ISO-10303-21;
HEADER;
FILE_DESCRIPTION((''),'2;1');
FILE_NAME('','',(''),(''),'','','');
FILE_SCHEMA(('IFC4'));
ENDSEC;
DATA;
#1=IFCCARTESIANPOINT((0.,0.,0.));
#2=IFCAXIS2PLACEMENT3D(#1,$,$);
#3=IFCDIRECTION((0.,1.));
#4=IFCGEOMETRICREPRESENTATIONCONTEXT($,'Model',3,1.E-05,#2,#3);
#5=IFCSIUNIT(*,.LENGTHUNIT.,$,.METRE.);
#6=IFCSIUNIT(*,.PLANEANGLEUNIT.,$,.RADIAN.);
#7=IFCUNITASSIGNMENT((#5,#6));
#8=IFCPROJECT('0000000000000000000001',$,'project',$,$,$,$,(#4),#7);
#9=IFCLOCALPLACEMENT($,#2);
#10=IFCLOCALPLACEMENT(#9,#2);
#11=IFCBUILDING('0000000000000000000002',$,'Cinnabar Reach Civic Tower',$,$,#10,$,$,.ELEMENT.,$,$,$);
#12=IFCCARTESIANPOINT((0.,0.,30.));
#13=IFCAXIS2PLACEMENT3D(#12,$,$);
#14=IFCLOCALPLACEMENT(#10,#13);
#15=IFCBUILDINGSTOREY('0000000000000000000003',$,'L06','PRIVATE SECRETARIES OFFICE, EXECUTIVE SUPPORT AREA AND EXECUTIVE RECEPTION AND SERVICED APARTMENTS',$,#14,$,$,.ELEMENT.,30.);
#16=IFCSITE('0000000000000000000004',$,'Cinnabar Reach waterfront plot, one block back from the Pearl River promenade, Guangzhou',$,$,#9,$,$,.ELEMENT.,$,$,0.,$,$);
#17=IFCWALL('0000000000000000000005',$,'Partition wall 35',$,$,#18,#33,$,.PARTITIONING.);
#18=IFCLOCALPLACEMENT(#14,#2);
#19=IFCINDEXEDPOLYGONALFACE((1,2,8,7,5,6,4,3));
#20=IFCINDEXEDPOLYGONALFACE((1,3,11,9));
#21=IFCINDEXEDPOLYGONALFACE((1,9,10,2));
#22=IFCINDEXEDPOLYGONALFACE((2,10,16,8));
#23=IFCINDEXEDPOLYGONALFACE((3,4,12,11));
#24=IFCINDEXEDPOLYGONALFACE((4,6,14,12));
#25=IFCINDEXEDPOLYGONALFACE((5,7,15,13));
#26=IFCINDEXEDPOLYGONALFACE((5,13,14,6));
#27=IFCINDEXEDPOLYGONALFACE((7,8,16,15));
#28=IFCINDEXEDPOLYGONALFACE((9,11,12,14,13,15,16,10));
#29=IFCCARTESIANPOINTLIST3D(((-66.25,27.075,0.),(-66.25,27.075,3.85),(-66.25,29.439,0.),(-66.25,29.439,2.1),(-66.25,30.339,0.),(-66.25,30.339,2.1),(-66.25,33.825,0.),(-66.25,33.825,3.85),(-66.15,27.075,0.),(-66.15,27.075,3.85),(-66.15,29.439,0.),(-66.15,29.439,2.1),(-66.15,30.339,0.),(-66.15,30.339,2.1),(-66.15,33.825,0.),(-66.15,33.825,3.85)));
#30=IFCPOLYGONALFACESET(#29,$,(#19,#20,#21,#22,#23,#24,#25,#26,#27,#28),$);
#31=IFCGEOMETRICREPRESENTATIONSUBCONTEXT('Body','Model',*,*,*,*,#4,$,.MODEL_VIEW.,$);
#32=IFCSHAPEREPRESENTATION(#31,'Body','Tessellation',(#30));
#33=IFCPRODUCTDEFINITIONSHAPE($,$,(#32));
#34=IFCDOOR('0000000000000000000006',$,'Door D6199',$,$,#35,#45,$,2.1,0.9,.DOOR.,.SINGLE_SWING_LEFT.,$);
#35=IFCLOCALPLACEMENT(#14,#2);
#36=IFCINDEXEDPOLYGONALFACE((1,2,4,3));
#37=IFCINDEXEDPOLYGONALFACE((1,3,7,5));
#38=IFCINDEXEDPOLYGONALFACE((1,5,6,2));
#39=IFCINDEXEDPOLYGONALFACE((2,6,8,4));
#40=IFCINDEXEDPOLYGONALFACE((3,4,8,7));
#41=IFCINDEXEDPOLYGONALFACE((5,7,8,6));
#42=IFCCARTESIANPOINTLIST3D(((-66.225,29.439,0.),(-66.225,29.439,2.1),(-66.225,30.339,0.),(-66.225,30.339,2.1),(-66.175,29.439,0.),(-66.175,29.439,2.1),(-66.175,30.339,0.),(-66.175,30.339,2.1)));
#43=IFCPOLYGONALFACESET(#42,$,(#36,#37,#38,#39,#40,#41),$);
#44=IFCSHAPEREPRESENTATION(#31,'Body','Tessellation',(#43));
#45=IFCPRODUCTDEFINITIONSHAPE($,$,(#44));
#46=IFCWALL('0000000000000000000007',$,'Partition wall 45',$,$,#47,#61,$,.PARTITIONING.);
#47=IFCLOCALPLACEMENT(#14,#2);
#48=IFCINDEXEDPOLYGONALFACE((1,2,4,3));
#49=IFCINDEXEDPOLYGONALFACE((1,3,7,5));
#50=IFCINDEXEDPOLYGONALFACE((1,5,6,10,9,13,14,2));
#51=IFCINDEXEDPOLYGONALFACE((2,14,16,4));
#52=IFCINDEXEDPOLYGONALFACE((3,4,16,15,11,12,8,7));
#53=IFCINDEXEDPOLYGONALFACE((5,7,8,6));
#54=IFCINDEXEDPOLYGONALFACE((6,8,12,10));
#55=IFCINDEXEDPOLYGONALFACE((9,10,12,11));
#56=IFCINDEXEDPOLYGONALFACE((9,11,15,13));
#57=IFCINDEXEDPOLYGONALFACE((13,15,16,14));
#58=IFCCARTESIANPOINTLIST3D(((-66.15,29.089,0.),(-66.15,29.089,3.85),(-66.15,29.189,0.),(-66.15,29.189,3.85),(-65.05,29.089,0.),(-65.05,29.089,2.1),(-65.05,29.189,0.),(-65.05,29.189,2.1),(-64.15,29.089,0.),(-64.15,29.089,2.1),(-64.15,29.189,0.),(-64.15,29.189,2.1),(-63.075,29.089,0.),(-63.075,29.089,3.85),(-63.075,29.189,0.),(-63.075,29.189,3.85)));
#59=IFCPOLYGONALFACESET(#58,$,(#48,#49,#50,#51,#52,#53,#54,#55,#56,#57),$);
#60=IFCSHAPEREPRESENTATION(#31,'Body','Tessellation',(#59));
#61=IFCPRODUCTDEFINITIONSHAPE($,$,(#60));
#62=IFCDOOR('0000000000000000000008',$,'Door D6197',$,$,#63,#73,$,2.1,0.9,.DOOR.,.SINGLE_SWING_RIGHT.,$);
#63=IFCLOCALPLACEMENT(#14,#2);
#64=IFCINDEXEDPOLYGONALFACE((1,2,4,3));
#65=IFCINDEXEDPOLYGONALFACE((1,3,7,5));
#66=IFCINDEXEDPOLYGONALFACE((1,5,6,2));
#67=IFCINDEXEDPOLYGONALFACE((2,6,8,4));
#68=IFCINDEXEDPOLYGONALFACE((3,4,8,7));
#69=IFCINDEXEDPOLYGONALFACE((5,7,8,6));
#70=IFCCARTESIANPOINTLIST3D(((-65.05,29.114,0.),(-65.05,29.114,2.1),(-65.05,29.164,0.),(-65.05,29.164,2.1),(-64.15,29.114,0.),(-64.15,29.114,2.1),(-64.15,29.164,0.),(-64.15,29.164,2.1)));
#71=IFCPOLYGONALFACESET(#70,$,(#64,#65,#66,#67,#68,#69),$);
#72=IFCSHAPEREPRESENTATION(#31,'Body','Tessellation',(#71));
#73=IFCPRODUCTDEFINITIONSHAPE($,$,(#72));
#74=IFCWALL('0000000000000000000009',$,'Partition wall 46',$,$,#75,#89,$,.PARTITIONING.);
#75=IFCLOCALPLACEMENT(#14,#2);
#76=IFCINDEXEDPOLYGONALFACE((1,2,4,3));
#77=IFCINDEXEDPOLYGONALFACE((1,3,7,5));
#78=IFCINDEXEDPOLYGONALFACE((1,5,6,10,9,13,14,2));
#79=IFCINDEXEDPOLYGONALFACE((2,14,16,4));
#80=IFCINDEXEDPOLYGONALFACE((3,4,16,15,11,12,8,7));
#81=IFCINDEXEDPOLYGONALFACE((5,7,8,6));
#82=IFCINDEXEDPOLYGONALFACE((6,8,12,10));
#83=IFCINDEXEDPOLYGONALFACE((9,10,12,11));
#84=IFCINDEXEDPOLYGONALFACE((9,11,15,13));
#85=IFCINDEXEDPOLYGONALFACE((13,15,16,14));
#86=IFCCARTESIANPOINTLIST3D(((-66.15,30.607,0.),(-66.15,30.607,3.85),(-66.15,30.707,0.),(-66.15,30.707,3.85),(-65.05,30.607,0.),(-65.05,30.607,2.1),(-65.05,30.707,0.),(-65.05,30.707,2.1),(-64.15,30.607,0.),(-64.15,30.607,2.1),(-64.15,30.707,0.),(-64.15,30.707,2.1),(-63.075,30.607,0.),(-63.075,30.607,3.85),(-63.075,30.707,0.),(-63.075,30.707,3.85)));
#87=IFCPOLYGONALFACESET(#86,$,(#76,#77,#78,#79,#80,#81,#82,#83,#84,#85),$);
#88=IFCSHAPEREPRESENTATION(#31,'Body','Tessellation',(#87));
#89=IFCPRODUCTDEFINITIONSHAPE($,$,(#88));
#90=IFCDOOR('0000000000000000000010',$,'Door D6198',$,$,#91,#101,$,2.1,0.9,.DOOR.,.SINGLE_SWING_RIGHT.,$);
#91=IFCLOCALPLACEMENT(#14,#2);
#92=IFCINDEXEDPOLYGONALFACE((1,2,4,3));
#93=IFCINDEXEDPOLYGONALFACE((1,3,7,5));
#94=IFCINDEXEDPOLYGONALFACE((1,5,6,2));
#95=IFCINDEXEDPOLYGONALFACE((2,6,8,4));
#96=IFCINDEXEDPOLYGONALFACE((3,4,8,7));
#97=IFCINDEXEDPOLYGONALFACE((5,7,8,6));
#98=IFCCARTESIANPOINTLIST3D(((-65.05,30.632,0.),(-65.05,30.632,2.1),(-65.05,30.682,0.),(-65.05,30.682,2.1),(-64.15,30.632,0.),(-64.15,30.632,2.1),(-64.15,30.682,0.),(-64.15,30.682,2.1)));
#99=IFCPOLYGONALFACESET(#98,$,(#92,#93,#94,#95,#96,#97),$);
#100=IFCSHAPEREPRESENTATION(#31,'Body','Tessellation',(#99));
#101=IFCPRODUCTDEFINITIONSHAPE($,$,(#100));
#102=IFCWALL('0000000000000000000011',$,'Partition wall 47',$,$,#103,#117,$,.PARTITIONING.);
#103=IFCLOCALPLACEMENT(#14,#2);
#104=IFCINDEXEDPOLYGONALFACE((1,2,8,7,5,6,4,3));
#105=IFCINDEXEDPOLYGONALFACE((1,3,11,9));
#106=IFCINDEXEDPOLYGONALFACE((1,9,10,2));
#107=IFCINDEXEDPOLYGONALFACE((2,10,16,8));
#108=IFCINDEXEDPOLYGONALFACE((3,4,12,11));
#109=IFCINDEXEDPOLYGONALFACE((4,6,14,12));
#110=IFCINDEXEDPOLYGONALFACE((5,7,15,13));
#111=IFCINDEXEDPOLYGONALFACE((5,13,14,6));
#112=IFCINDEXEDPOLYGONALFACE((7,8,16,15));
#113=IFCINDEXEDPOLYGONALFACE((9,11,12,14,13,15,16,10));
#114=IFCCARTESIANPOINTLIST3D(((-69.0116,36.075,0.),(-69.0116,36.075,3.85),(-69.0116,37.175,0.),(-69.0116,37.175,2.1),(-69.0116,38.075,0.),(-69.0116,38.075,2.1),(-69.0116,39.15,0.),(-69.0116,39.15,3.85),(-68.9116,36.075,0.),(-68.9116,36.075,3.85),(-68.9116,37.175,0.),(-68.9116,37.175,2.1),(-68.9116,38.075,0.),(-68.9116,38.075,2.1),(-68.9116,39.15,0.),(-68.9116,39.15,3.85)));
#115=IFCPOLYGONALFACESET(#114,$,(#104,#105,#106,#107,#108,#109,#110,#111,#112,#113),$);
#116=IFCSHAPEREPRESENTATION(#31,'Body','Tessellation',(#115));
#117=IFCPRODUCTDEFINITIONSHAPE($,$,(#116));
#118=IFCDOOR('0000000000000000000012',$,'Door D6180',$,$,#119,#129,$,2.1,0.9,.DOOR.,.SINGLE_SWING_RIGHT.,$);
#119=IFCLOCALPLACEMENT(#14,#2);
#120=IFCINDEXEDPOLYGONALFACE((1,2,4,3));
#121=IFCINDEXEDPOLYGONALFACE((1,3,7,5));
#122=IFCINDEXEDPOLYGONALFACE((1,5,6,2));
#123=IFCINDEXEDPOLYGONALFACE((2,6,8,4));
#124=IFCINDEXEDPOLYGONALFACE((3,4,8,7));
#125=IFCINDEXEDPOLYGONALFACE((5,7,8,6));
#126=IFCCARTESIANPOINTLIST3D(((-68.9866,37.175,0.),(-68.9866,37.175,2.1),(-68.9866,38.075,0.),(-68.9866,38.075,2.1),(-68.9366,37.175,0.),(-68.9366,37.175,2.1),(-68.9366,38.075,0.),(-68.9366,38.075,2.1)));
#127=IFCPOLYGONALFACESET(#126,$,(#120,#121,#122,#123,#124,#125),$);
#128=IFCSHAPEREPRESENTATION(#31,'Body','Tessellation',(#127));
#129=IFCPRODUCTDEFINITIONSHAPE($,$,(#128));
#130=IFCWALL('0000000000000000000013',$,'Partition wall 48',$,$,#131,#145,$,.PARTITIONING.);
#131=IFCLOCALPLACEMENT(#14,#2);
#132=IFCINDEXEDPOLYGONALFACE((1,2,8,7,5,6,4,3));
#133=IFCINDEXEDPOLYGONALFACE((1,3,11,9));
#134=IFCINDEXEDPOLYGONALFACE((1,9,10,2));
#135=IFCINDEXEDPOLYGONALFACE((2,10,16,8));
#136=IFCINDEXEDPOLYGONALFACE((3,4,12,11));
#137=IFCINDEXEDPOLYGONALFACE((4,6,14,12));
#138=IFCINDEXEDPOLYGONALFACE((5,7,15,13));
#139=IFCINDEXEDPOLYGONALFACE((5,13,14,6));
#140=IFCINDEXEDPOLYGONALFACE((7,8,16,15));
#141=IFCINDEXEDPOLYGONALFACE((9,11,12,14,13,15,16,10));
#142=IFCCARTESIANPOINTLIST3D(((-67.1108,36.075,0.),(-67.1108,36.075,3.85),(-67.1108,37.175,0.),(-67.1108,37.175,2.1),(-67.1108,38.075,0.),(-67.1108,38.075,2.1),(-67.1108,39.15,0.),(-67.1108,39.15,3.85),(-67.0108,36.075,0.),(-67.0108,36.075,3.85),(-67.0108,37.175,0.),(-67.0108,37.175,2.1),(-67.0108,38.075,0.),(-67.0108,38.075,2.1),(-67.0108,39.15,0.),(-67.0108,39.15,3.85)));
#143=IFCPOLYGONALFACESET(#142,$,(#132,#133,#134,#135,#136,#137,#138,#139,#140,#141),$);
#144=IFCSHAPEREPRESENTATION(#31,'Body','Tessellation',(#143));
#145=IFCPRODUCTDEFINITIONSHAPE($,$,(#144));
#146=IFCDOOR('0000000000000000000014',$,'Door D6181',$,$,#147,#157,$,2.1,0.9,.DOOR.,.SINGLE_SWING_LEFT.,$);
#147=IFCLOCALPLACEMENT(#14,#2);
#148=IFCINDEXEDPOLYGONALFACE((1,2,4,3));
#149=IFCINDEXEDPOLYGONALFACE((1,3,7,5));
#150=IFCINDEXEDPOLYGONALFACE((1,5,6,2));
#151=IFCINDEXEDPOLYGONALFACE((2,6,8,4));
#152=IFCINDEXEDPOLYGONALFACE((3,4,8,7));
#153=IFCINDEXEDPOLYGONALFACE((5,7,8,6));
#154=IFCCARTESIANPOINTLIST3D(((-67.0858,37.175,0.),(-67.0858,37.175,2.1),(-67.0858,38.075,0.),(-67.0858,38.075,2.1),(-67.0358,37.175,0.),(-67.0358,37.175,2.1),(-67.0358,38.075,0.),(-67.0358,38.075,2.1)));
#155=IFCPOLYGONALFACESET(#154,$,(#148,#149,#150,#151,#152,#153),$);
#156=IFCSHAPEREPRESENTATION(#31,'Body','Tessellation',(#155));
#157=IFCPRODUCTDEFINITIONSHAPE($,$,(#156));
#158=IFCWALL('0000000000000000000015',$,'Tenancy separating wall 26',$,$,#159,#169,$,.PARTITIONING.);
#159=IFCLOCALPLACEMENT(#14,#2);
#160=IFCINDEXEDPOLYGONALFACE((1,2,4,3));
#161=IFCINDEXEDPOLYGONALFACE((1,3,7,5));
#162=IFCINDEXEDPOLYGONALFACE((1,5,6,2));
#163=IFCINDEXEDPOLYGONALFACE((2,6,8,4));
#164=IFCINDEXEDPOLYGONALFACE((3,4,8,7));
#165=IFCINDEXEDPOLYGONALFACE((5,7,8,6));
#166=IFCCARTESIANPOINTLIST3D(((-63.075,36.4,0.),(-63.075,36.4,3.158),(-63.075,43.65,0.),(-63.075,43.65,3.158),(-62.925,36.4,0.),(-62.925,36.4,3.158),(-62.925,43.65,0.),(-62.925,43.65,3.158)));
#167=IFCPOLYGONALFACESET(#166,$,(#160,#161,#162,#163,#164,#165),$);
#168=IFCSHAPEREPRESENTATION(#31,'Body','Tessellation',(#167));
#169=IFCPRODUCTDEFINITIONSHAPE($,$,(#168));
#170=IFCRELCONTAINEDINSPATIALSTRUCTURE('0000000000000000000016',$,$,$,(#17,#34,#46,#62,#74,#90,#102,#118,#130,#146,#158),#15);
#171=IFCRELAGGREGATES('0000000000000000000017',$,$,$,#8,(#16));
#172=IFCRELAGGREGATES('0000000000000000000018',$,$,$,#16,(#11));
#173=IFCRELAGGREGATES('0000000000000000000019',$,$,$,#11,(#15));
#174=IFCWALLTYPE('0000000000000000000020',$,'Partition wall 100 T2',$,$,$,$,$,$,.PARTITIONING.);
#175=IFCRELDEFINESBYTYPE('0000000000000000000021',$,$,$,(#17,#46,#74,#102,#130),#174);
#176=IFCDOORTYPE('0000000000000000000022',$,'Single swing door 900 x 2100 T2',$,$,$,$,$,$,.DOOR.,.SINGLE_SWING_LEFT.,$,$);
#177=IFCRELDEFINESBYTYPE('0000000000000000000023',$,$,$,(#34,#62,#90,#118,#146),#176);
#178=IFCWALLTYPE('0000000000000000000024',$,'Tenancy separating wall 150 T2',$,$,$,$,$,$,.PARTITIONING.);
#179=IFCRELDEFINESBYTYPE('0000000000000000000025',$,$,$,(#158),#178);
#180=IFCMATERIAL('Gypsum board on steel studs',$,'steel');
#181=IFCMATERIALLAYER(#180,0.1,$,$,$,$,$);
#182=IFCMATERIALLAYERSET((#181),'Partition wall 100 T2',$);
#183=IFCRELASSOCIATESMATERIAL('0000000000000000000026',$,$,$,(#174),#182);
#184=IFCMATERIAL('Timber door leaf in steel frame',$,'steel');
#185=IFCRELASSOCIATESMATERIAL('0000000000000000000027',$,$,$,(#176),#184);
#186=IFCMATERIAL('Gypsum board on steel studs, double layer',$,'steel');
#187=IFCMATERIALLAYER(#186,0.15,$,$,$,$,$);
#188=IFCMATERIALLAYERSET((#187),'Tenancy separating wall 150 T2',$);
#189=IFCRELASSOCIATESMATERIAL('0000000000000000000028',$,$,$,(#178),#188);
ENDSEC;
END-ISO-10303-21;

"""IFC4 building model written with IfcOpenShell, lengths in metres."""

from ifc_helpers import new_model, si_unit, direction, frame, frame_2d, origin, place, context, subcontext, project, spatial, rectangle, extrude, material, layer, layer_set, type_object, element, fill, save


model = new_model("IFC4")

# Units and contexts
model_context = context("Model", 3, precision=1e-05, world=origin(), true_north=direction((0.0, 1.0)))
body_context = subcontext(model_context, "Body", "Model", "MODEL_VIEW")
ifc_project = project(units=[si_unit("LENGTHUNIT", "METRE"), si_unit("PLANEANGLEUNIT", "RADIAN")], contexts=[model_context])

# Site, building, storey
site_placement = place(None, origin())
site = spatial("IfcSite", under=ifc_project, at=site_placement, Name="Cinnabar Reach waterfront plot, one block back from the Pearl River promenade, Guangzhou", CompositionType="ELEMENT", RefElevation=0.0)
building_placement = place(site_placement, origin())
building = spatial("IfcBuilding", under=site, at=building_placement, Name="Cinnabar Reach Civic Tower", CompositionType="ELEMENT")
storey_placement = place(building_placement, frame((0.0, 0.0, 30.0)))
storey = spatial("IfcBuildingStorey", under=building, at=storey_placement, Name="L06", Description="PRIVATE SECRETARIES OFFICE, EXECUTIVE SUPPORT AREA AND EXECUTIVE RECEPTION AND SERVICED APARTMENTS", CompositionType="ELEMENT", Elevation=30.0)

# Shared definitions
ifc_material_1 = material(Name="Gypsum board on steel studs, double layer", Category="steel")
ifc_material_2 = material(Name="Timber door leaf in steel frame", Category="steel")

# Walls, openings, doors
ifc_material_3 = material(Name="Gypsum board on steel studs", Category="steel")
ifc_layer_1 = layer(ifc_material_3, 0.1)
ifc_layer_set_1 = layer_set([ifc_layer_1], Name="Partition wall 100 T2")
wall_type_1 = type_object("IfcWallType", Name="Partition wall 100 T2", PredefinedType="PARTITIONING", material=ifc_layer_set_1)
wall_1_placement = place(storey_placement, frame((-66.2, 27.075, 0.0), z_axis=(0.0, 0.0, 1.0), x_axis=(0.0, 1.0, 0.0)))
wall_1 = element("IfcWall", 1, at=wall_1_placement, inside=storey, type_object=wall_type_1, Name="Partition wall 35", PredefinedType="PARTITIONING", context=body_context, shape_type="SweptSolid", body=[
    extrude(rectangle(XDim=6.75, YDim=0.1, at=frame_2d((3.375, 0.0))), origin(), (0.0, 0.0, 1.0), 3.85),
])
opening_1_placement = place(wall_1_placement, frame((2.364, 0.0, 0.0)))
opening_1 = element("IfcOpeningElement", 2, at=opening_1_placement, cuts=wall_1, PredefinedType="OPENING", context=body_context, shape_type="SweptSolid", body=[
    extrude(rectangle(XDim=0.9, YDim=2.1, at=frame_2d((0.45, 1.05))), frame((0.0, 0.06, 0.0), z_axis=(0.0, -1.0, 0.0), x_axis=(1.0, 0.0, 0.0)), (0.0, 0.0, 1.0), 0.12),
])
door_type_1 = type_object("IfcDoorType", Name="Single swing door 900 x 2100 T2", OperationType="SINGLE_SWING_LEFT", PredefinedType="DOOR", material=ifc_material_2)
door_1_placement = place(opening_1_placement, frame((0.9, 0.0, 0.0), z_axis=(0.0, 0.0, 1.0), x_axis=(-1.0, 0.0, 0.0)))
door_1 = element("IfcDoor", 3, at=door_1_placement, inside=storey, type_object=door_type_1, Name="Door D6199", OperationType="SINGLE_SWING_LEFT", OverallHeight=2.1, OverallWidth=0.9, PredefinedType="DOOR", context=body_context, shape_type="SweptSolid", body=[
    extrude(rectangle(XDim=0.9, YDim=2.1, at=frame_2d((0.45, 1.05))), frame((0.0, 0.025, 0.0), z_axis=(0.0, -1.0, 0.0), x_axis=(1.0, 0.0, 0.0)), (0.0, 0.0, 1.0), 0.05),
])
fill(opening_1, door_1)
wall_2_placement = place(storey_placement, frame((-66.15, 29.139, 0.0), z_axis=(0.0, 0.0, 1.0), x_axis=(1.0, 0.0, 0.0)))
wall_2 = element("IfcWall", 4, at=wall_2_placement, inside=storey, type_object=wall_type_1, Name="Partition wall 45", PredefinedType="PARTITIONING", context=body_context, shape_type="SweptSolid", body=[
    extrude(rectangle(XDim=3.075, YDim=0.1, at=frame_2d((1.5375, 0.0))), origin(), (0.0, 0.0, 1.0), 3.85),
])
opening_2_placement = place(wall_2_placement, frame((1.1, 0.0, 0.0)))
opening_2 = element("IfcOpeningElement", 5, at=opening_2_placement, cuts=wall_2, PredefinedType="OPENING", context=body_context, shape_type="SweptSolid", body=[
    extrude(rectangle(XDim=0.9, YDim=2.1, at=frame_2d((0.45, 1.05))), frame((0.0, 0.06, 0.0), z_axis=(0.0, -1.0, 0.0), x_axis=(1.0, 0.0, 0.0)), (0.0, 0.0, 1.0), 0.12),
])
door_2_placement = place(opening_2_placement, frame((0.9, 0.0, 0.0), z_axis=(0.0, 0.0, 1.0), x_axis=(-1.0, 0.0, 0.0)))
door_2 = element("IfcDoor", 6, at=door_2_placement, inside=storey, type_object=door_type_1, Name="Door D6197", OperationType="SINGLE_SWING_RIGHT", OverallHeight=2.1, OverallWidth=0.9, PredefinedType="DOOR", context=body_context, shape_type="SweptSolid", body=[
    extrude(rectangle(XDim=0.9, YDim=2.1, at=frame_2d((0.45, 1.05))), frame((0.0, 0.025, 0.0), z_axis=(0.0, -1.0, 0.0), x_axis=(1.0, 0.0, 0.0)), (0.0, 0.0, 1.0), 0.05),
])
fill(opening_2, door_2)
wall_3_placement = place(storey_placement, frame((-66.15, 30.657, 0.0), z_axis=(0.0, 0.0, 1.0), x_axis=(1.0, 0.0, 0.0)))
wall_3 = element("IfcWall", 7, at=wall_3_placement, inside=storey, type_object=wall_type_1, Name="Partition wall 46", PredefinedType="PARTITIONING", context=body_context, shape_type="SweptSolid", body=[
    extrude(rectangle(XDim=3.075, YDim=0.1, at=frame_2d((1.5375, 0.0))), origin(), (0.0, 0.0, 1.0), 3.85),
])
opening_3_placement = place(wall_3_placement, frame((1.1, 0.0, 0.0)))
opening_3 = element("IfcOpeningElement", 8, at=opening_3_placement, cuts=wall_3, PredefinedType="OPENING", context=body_context, shape_type="SweptSolid", body=[
    extrude(rectangle(XDim=0.9, YDim=2.1, at=frame_2d((0.45, 1.05))), frame((0.0, 0.06, 0.0), z_axis=(0.0, -1.0, 0.0), x_axis=(1.0, 0.0, 0.0)), (0.0, 0.0, 1.0), 0.12),
])
door_3_placement = place(opening_3_placement, frame((0.9, 0.0, 0.0), z_axis=(0.0, 0.0, 1.0), x_axis=(-1.0, 0.0, 0.0)))
door_3 = element("IfcDoor", 9, at=door_3_placement, inside=storey, type_object=door_type_1, Name="Door D6198", OperationType="SINGLE_SWING_RIGHT", OverallHeight=2.1, OverallWidth=0.9, PredefinedType="DOOR", context=body_context, shape_type="SweptSolid", body=[
    extrude(rectangle(XDim=0.9, YDim=2.1, at=frame_2d((0.45, 1.05))), frame((0.0, 0.025, 0.0), z_axis=(0.0, -1.0, 0.0), x_axis=(1.0, 0.0, 0.0)), (0.0, 0.0, 1.0), 0.05),
])
fill(opening_3, door_3)
wall_4_placement = place(storey_placement, frame((-68.9616, 36.075, 0.0), z_axis=(0.0, 0.0, 1.0), x_axis=(0.0, 1.0, 0.0)))
wall_4 = element("IfcWall", 10, at=wall_4_placement, inside=storey, type_object=wall_type_1, Name="Partition wall 47", PredefinedType="PARTITIONING", context=body_context, shape_type="SweptSolid", body=[
    extrude(rectangle(XDim=3.075, YDim=0.1, at=frame_2d((1.5375, 0.0))), origin(), (0.0, 0.0, 1.0), 3.85),
])
opening_4_placement = place(wall_4_placement, frame((1.1, 0.0, 0.0)))
opening_4 = element("IfcOpeningElement", 11, at=opening_4_placement, cuts=wall_4, PredefinedType="OPENING", context=body_context, shape_type="SweptSolid", body=[
    extrude(rectangle(XDim=0.9, YDim=2.1, at=frame_2d((0.45, 1.05))), frame((0.0, 0.06, 0.0), z_axis=(0.0, -1.0, 0.0), x_axis=(1.0, 0.0, 0.0)), (0.0, 0.0, 1.0), 0.12),
])
door_4_placement = place(opening_4_placement, origin())
door_4 = element("IfcDoor", 12, at=door_4_placement, inside=storey, type_object=door_type_1, Name="Door D6180", OperationType="SINGLE_SWING_RIGHT", OverallHeight=2.1, OverallWidth=0.9, PredefinedType="DOOR", context=body_context, shape_type="SweptSolid", body=[
    extrude(rectangle(XDim=0.9, YDim=2.1, at=frame_2d((0.45, 1.05))), frame((0.0, 0.025, 0.0), z_axis=(0.0, -1.0, 0.0), x_axis=(1.0, 0.0, 0.0)), (0.0, 0.0, 1.0), 0.05),
])
fill(opening_4, door_4)
wall_5_placement = place(storey_placement, frame((-67.0608, 36.075, 0.0), z_axis=(0.0, 0.0, 1.0), x_axis=(0.0, 1.0, 0.0)))
wall_5 = element("IfcWall", 13, at=wall_5_placement, inside=storey, type_object=wall_type_1, Name="Partition wall 48", PredefinedType="PARTITIONING", context=body_context, shape_type="SweptSolid", body=[
    extrude(rectangle(XDim=3.075, YDim=0.1, at=frame_2d((1.5375, 0.0))), origin(), (0.0, 0.0, 1.0), 3.85),
])
opening_5_placement = place(wall_5_placement, frame((1.1, 0.0, 0.0)))
opening_5 = element("IfcOpeningElement", 14, at=opening_5_placement, cuts=wall_5, PredefinedType="OPENING", context=body_context, shape_type="SweptSolid", body=[
    extrude(rectangle(XDim=0.9, YDim=2.1, at=frame_2d((0.45, 1.05))), frame((0.0, 0.06, 0.0), z_axis=(0.0, -1.0, 0.0), x_axis=(1.0, 0.0, 0.0)), (0.0, 0.0, 1.0), 0.12),
])
door_5_placement = place(opening_5_placement, origin())
door_5 = element("IfcDoor", 15, at=door_5_placement, inside=storey, type_object=door_type_1, Name="Door D6181", OperationType="SINGLE_SWING_LEFT", OverallHeight=2.1, OverallWidth=0.9, PredefinedType="DOOR", context=body_context, shape_type="SweptSolid", body=[
    extrude(rectangle(XDim=0.9, YDim=2.1, at=frame_2d((0.45, 1.05))), frame((0.0, 0.025, 0.0), z_axis=(0.0, -1.0, 0.0), x_axis=(1.0, 0.0, 0.0)), (0.0, 0.0, 1.0), 0.05),
])
fill(opening_5, door_5)

# Wall
ifc_layer_2 = layer(ifc_material_1, 0.15)
ifc_layer_set_2 = layer_set([ifc_layer_2], Name="Tenancy separating wall 150 T2")
wall_type_2 = type_object("IfcWallType", Name="Tenancy separating wall 150 T2", PredefinedType="PARTITIONING", material=ifc_layer_set_2)
wall_6_placement = place(storey_placement, frame((-63.0, 36.4, 0.0), z_axis=(0.0, 0.0, 1.0), x_axis=(0.0, 1.0, 0.0)))
element("IfcWall", 16, at=wall_6_placement, inside=storey, type_object=wall_type_2, Name="Tenancy separating wall 26", PredefinedType="PARTITIONING", context=body_context, shape_type="SweptSolid", body=[
    extrude(rectangle(XDim=7.25, YDim=0.15, at=frame_2d((3.625, 0.0))), origin(), (0.0, 0.0, 1.0), 3.158),
])

save(model, "model.ifc")
